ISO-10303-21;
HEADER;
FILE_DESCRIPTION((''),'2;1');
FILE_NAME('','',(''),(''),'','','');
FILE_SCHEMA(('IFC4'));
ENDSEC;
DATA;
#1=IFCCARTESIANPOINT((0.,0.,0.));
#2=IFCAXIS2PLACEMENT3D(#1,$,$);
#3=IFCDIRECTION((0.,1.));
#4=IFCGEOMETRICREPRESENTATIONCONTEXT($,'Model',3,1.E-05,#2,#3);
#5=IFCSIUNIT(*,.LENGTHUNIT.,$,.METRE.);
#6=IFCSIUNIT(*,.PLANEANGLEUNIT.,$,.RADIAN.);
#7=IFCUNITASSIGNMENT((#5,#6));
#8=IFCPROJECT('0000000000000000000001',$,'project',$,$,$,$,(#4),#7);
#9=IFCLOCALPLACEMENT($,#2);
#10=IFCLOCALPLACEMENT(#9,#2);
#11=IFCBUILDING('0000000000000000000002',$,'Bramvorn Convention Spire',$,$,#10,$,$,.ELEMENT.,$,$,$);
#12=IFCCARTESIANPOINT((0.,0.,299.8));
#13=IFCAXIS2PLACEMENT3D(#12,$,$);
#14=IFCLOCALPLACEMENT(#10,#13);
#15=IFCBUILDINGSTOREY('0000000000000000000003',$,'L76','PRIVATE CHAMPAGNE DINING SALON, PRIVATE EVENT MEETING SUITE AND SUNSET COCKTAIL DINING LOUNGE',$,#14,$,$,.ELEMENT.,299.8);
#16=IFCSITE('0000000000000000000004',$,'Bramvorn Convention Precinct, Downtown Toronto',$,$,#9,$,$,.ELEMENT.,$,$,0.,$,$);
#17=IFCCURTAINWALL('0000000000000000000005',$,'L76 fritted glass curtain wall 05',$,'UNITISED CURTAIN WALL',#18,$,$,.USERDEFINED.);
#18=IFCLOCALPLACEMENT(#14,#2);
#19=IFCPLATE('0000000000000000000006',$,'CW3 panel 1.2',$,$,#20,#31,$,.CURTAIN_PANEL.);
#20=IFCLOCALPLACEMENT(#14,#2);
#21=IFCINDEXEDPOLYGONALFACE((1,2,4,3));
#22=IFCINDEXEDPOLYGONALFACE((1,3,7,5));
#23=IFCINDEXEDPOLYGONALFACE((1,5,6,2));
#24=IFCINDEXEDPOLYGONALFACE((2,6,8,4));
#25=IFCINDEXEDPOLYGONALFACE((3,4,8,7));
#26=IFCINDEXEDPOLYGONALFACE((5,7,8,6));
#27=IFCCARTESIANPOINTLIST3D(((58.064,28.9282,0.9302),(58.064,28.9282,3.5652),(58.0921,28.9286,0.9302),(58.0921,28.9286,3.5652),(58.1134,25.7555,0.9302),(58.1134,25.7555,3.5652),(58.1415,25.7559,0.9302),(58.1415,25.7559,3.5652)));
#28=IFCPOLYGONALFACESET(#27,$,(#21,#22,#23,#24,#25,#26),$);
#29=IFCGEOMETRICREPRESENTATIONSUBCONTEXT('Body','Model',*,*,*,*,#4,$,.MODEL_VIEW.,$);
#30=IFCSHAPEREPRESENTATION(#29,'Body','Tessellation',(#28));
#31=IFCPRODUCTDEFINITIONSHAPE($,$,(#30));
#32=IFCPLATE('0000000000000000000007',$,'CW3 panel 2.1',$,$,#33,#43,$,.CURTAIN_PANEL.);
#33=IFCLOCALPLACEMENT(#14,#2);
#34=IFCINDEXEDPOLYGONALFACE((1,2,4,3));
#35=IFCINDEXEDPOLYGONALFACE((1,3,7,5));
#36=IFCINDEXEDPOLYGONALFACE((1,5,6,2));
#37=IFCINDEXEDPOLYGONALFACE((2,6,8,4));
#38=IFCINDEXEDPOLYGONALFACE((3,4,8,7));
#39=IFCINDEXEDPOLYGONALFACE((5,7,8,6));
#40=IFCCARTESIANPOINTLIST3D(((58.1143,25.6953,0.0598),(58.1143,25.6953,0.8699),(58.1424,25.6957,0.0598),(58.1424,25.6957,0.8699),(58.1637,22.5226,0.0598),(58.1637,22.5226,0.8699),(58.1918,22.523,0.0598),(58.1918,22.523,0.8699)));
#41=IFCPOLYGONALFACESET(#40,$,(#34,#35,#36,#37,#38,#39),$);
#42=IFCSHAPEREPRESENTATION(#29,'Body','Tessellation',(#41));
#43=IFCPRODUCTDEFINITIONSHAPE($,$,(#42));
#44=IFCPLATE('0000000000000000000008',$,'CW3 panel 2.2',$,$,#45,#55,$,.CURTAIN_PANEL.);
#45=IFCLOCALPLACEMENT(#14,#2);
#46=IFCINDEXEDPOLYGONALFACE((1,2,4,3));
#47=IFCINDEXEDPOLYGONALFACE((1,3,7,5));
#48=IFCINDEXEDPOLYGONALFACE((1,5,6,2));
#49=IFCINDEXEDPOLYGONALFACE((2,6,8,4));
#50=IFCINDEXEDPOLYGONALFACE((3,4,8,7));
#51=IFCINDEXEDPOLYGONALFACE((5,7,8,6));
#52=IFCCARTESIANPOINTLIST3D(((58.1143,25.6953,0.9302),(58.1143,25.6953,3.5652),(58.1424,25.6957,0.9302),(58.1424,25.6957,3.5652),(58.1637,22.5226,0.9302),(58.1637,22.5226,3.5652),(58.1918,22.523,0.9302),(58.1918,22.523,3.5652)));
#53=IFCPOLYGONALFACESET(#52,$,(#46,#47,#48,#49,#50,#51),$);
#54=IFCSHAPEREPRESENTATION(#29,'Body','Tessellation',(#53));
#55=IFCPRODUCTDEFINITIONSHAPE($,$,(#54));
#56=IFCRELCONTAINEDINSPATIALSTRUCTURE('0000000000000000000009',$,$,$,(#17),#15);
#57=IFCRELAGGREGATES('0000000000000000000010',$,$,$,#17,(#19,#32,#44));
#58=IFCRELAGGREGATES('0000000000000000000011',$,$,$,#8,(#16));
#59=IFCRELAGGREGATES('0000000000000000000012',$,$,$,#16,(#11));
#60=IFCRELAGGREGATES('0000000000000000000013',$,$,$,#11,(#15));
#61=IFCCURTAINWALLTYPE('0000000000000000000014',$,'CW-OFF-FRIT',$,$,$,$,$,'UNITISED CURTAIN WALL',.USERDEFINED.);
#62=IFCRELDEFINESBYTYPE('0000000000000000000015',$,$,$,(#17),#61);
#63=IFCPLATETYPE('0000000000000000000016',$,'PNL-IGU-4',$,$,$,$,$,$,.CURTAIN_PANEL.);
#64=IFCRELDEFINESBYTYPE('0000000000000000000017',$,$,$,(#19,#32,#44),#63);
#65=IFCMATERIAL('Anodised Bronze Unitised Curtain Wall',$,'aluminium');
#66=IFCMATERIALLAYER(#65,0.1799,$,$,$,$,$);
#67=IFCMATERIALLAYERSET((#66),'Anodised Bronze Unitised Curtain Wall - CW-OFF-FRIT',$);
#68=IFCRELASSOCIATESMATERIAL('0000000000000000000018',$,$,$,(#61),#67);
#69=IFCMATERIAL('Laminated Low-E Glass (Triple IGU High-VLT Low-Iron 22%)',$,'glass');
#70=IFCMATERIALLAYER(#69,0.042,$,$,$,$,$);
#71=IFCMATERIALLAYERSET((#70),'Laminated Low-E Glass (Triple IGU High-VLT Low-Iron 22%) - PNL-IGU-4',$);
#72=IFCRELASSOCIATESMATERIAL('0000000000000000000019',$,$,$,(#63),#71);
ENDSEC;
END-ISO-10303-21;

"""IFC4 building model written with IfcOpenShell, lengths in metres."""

from ifc_helpers import new_model, si_unit, direction, frame, origin, origin_2d, place, context, subcontext, project, spatial, rectangle, extrude, material, layer, layer_set, type_object, element, aggregate, save


model = new_model("IFC4")

# Units and contexts
model_context = context("Model", 3, precision=1e-05, world=origin(), true_north=direction((0.0, 1.0)))
body_context = subcontext(model_context, "Body", "Model", "MODEL_VIEW")
ifc_project = project(units=[si_unit("LENGTHUNIT", "METRE"), si_unit("PLANEANGLEUNIT", "RADIAN")], contexts=[model_context])

# Site, building, storey
site_placement = place(None, origin())
site = spatial("IfcSite", under=ifc_project, at=site_placement, Name="Bramvorn Convention Precinct, Downtown Toronto", CompositionType="ELEMENT", RefElevation=0.0)
building_placement = place(site_placement, origin())
building = spatial("IfcBuilding", under=site, at=building_placement, Name="Bramvorn Convention Spire", CompositionType="ELEMENT")
storey_placement = place(building_placement, frame((0.0, 0.0, 299.8)))
storey = spatial("IfcBuildingStorey", under=building, at=storey_placement, Name="L76", Description="PRIVATE CHAMPAGNE DINING SALON, PRIVATE EVENT MEETING SUITE AND SUNSET COCKTAIL DINING LOUNGE", CompositionType="ELEMENT", Elevation=299.8)

# Curtain wall
ifc_material_1 = material(Name="Anodised Bronze Unitised Curtain Wall", Category="aluminium")
ifc_layer_1 = layer(ifc_material_1, 0.1799)
ifc_layer_set_1 = layer_set([ifc_layer_1], Name="Anodised Bronze Unitised Curtain Wall - CW-OFF-FRIT")
curtain_wall_type_1 = type_object("IfcCurtainWallType", Name="CW-OFF-FRIT", ElementType="UNITISED CURTAIN WALL", PredefinedType="USERDEFINED", material=ifc_layer_set_1)
curtain_wall_1_placement = place(storey_placement, origin())
curtain_wall_1 = element("IfcCurtainWall", 1, at=curtain_wall_1_placement, inside=storey, type_object=curtain_wall_type_1, Name="L76 fritted glass curtain wall 05", ObjectType="UNITISED CURTAIN WALL", PredefinedType="USERDEFINED")

# Plates
ifc_material_2 = material(Name="Laminated Low-E Glass (Triple IGU High-VLT Low-Iron 22%)", Category="glass")
ifc_layer_2 = layer(ifc_material_2, 0.042)
ifc_layer_set_2 = layer_set([ifc_layer_2], Name="Laminated Low-E Glass (Triple IGU High-VLT Low-Iron 22%) - PNL-IGU-4")
plate_type = type_object("IfcPlateType", Name="PNL-IGU-4", PredefinedType="CURTAIN_PANEL", material=ifc_layer_set_2)
plate_1_placement = place(storey_placement, frame((58.1028, 27.342, 0.9302), z_axis=(0.0, 0.0, 1.0), x_axis=(0.015568, -0.999879, 0.0)))
plate_1 = element("IfcPlate", 2, at=plate_1_placement, type_object=plate_type, Name="CW3 panel 1.2", PredefinedType="CURTAIN_PANEL", context=body_context, shape_type="SweptSolid", body=[
    extrude(rectangle(XDim=3.1731, YDim=0.0281, at=origin_2d()), origin(), (0.0, 0.0, 1.0), 2.635),
])
plate_2_placement = place(storey_placement, frame((58.1531, 24.1091, 0.0598), z_axis=(0.0, 0.0, 1.0), x_axis=(0.015568, -0.999879, 0.0)))
plate_2 = element("IfcPlate", 3, at=plate_2_placement, type_object=plate_type, Name="CW3 panel 2.1", PredefinedType="CURTAIN_PANEL", context=body_context, shape_type="SweptSolid", body=[
    extrude(rectangle(XDim=3.1731, YDim=0.0281, at=origin_2d()), origin(), (0.0, 0.0, 1.0), 0.8101),
])
plate_3_placement = place(storey_placement, frame((58.1531, 24.1091, 0.9302), z_axis=(0.0, 0.0, 1.0), x_axis=(0.015568, -0.999879, 0.0)))
plate_3 = element("IfcPlate", 4, at=plate_3_placement, type_object=plate_type, Name="CW3 panel 2.2", PredefinedType="CURTAIN_PANEL", context=body_context, shape_type="SweptSolid", body=[
    extrude(rectangle(XDim=3.1731, YDim=0.0281, at=origin_2d()), origin(), (0.0, 0.0, 1.0), 2.635),
])
aggregate(curtain_wall_1, [plate_1, plate_2, plate_3])

save(model, "model.ifc")
